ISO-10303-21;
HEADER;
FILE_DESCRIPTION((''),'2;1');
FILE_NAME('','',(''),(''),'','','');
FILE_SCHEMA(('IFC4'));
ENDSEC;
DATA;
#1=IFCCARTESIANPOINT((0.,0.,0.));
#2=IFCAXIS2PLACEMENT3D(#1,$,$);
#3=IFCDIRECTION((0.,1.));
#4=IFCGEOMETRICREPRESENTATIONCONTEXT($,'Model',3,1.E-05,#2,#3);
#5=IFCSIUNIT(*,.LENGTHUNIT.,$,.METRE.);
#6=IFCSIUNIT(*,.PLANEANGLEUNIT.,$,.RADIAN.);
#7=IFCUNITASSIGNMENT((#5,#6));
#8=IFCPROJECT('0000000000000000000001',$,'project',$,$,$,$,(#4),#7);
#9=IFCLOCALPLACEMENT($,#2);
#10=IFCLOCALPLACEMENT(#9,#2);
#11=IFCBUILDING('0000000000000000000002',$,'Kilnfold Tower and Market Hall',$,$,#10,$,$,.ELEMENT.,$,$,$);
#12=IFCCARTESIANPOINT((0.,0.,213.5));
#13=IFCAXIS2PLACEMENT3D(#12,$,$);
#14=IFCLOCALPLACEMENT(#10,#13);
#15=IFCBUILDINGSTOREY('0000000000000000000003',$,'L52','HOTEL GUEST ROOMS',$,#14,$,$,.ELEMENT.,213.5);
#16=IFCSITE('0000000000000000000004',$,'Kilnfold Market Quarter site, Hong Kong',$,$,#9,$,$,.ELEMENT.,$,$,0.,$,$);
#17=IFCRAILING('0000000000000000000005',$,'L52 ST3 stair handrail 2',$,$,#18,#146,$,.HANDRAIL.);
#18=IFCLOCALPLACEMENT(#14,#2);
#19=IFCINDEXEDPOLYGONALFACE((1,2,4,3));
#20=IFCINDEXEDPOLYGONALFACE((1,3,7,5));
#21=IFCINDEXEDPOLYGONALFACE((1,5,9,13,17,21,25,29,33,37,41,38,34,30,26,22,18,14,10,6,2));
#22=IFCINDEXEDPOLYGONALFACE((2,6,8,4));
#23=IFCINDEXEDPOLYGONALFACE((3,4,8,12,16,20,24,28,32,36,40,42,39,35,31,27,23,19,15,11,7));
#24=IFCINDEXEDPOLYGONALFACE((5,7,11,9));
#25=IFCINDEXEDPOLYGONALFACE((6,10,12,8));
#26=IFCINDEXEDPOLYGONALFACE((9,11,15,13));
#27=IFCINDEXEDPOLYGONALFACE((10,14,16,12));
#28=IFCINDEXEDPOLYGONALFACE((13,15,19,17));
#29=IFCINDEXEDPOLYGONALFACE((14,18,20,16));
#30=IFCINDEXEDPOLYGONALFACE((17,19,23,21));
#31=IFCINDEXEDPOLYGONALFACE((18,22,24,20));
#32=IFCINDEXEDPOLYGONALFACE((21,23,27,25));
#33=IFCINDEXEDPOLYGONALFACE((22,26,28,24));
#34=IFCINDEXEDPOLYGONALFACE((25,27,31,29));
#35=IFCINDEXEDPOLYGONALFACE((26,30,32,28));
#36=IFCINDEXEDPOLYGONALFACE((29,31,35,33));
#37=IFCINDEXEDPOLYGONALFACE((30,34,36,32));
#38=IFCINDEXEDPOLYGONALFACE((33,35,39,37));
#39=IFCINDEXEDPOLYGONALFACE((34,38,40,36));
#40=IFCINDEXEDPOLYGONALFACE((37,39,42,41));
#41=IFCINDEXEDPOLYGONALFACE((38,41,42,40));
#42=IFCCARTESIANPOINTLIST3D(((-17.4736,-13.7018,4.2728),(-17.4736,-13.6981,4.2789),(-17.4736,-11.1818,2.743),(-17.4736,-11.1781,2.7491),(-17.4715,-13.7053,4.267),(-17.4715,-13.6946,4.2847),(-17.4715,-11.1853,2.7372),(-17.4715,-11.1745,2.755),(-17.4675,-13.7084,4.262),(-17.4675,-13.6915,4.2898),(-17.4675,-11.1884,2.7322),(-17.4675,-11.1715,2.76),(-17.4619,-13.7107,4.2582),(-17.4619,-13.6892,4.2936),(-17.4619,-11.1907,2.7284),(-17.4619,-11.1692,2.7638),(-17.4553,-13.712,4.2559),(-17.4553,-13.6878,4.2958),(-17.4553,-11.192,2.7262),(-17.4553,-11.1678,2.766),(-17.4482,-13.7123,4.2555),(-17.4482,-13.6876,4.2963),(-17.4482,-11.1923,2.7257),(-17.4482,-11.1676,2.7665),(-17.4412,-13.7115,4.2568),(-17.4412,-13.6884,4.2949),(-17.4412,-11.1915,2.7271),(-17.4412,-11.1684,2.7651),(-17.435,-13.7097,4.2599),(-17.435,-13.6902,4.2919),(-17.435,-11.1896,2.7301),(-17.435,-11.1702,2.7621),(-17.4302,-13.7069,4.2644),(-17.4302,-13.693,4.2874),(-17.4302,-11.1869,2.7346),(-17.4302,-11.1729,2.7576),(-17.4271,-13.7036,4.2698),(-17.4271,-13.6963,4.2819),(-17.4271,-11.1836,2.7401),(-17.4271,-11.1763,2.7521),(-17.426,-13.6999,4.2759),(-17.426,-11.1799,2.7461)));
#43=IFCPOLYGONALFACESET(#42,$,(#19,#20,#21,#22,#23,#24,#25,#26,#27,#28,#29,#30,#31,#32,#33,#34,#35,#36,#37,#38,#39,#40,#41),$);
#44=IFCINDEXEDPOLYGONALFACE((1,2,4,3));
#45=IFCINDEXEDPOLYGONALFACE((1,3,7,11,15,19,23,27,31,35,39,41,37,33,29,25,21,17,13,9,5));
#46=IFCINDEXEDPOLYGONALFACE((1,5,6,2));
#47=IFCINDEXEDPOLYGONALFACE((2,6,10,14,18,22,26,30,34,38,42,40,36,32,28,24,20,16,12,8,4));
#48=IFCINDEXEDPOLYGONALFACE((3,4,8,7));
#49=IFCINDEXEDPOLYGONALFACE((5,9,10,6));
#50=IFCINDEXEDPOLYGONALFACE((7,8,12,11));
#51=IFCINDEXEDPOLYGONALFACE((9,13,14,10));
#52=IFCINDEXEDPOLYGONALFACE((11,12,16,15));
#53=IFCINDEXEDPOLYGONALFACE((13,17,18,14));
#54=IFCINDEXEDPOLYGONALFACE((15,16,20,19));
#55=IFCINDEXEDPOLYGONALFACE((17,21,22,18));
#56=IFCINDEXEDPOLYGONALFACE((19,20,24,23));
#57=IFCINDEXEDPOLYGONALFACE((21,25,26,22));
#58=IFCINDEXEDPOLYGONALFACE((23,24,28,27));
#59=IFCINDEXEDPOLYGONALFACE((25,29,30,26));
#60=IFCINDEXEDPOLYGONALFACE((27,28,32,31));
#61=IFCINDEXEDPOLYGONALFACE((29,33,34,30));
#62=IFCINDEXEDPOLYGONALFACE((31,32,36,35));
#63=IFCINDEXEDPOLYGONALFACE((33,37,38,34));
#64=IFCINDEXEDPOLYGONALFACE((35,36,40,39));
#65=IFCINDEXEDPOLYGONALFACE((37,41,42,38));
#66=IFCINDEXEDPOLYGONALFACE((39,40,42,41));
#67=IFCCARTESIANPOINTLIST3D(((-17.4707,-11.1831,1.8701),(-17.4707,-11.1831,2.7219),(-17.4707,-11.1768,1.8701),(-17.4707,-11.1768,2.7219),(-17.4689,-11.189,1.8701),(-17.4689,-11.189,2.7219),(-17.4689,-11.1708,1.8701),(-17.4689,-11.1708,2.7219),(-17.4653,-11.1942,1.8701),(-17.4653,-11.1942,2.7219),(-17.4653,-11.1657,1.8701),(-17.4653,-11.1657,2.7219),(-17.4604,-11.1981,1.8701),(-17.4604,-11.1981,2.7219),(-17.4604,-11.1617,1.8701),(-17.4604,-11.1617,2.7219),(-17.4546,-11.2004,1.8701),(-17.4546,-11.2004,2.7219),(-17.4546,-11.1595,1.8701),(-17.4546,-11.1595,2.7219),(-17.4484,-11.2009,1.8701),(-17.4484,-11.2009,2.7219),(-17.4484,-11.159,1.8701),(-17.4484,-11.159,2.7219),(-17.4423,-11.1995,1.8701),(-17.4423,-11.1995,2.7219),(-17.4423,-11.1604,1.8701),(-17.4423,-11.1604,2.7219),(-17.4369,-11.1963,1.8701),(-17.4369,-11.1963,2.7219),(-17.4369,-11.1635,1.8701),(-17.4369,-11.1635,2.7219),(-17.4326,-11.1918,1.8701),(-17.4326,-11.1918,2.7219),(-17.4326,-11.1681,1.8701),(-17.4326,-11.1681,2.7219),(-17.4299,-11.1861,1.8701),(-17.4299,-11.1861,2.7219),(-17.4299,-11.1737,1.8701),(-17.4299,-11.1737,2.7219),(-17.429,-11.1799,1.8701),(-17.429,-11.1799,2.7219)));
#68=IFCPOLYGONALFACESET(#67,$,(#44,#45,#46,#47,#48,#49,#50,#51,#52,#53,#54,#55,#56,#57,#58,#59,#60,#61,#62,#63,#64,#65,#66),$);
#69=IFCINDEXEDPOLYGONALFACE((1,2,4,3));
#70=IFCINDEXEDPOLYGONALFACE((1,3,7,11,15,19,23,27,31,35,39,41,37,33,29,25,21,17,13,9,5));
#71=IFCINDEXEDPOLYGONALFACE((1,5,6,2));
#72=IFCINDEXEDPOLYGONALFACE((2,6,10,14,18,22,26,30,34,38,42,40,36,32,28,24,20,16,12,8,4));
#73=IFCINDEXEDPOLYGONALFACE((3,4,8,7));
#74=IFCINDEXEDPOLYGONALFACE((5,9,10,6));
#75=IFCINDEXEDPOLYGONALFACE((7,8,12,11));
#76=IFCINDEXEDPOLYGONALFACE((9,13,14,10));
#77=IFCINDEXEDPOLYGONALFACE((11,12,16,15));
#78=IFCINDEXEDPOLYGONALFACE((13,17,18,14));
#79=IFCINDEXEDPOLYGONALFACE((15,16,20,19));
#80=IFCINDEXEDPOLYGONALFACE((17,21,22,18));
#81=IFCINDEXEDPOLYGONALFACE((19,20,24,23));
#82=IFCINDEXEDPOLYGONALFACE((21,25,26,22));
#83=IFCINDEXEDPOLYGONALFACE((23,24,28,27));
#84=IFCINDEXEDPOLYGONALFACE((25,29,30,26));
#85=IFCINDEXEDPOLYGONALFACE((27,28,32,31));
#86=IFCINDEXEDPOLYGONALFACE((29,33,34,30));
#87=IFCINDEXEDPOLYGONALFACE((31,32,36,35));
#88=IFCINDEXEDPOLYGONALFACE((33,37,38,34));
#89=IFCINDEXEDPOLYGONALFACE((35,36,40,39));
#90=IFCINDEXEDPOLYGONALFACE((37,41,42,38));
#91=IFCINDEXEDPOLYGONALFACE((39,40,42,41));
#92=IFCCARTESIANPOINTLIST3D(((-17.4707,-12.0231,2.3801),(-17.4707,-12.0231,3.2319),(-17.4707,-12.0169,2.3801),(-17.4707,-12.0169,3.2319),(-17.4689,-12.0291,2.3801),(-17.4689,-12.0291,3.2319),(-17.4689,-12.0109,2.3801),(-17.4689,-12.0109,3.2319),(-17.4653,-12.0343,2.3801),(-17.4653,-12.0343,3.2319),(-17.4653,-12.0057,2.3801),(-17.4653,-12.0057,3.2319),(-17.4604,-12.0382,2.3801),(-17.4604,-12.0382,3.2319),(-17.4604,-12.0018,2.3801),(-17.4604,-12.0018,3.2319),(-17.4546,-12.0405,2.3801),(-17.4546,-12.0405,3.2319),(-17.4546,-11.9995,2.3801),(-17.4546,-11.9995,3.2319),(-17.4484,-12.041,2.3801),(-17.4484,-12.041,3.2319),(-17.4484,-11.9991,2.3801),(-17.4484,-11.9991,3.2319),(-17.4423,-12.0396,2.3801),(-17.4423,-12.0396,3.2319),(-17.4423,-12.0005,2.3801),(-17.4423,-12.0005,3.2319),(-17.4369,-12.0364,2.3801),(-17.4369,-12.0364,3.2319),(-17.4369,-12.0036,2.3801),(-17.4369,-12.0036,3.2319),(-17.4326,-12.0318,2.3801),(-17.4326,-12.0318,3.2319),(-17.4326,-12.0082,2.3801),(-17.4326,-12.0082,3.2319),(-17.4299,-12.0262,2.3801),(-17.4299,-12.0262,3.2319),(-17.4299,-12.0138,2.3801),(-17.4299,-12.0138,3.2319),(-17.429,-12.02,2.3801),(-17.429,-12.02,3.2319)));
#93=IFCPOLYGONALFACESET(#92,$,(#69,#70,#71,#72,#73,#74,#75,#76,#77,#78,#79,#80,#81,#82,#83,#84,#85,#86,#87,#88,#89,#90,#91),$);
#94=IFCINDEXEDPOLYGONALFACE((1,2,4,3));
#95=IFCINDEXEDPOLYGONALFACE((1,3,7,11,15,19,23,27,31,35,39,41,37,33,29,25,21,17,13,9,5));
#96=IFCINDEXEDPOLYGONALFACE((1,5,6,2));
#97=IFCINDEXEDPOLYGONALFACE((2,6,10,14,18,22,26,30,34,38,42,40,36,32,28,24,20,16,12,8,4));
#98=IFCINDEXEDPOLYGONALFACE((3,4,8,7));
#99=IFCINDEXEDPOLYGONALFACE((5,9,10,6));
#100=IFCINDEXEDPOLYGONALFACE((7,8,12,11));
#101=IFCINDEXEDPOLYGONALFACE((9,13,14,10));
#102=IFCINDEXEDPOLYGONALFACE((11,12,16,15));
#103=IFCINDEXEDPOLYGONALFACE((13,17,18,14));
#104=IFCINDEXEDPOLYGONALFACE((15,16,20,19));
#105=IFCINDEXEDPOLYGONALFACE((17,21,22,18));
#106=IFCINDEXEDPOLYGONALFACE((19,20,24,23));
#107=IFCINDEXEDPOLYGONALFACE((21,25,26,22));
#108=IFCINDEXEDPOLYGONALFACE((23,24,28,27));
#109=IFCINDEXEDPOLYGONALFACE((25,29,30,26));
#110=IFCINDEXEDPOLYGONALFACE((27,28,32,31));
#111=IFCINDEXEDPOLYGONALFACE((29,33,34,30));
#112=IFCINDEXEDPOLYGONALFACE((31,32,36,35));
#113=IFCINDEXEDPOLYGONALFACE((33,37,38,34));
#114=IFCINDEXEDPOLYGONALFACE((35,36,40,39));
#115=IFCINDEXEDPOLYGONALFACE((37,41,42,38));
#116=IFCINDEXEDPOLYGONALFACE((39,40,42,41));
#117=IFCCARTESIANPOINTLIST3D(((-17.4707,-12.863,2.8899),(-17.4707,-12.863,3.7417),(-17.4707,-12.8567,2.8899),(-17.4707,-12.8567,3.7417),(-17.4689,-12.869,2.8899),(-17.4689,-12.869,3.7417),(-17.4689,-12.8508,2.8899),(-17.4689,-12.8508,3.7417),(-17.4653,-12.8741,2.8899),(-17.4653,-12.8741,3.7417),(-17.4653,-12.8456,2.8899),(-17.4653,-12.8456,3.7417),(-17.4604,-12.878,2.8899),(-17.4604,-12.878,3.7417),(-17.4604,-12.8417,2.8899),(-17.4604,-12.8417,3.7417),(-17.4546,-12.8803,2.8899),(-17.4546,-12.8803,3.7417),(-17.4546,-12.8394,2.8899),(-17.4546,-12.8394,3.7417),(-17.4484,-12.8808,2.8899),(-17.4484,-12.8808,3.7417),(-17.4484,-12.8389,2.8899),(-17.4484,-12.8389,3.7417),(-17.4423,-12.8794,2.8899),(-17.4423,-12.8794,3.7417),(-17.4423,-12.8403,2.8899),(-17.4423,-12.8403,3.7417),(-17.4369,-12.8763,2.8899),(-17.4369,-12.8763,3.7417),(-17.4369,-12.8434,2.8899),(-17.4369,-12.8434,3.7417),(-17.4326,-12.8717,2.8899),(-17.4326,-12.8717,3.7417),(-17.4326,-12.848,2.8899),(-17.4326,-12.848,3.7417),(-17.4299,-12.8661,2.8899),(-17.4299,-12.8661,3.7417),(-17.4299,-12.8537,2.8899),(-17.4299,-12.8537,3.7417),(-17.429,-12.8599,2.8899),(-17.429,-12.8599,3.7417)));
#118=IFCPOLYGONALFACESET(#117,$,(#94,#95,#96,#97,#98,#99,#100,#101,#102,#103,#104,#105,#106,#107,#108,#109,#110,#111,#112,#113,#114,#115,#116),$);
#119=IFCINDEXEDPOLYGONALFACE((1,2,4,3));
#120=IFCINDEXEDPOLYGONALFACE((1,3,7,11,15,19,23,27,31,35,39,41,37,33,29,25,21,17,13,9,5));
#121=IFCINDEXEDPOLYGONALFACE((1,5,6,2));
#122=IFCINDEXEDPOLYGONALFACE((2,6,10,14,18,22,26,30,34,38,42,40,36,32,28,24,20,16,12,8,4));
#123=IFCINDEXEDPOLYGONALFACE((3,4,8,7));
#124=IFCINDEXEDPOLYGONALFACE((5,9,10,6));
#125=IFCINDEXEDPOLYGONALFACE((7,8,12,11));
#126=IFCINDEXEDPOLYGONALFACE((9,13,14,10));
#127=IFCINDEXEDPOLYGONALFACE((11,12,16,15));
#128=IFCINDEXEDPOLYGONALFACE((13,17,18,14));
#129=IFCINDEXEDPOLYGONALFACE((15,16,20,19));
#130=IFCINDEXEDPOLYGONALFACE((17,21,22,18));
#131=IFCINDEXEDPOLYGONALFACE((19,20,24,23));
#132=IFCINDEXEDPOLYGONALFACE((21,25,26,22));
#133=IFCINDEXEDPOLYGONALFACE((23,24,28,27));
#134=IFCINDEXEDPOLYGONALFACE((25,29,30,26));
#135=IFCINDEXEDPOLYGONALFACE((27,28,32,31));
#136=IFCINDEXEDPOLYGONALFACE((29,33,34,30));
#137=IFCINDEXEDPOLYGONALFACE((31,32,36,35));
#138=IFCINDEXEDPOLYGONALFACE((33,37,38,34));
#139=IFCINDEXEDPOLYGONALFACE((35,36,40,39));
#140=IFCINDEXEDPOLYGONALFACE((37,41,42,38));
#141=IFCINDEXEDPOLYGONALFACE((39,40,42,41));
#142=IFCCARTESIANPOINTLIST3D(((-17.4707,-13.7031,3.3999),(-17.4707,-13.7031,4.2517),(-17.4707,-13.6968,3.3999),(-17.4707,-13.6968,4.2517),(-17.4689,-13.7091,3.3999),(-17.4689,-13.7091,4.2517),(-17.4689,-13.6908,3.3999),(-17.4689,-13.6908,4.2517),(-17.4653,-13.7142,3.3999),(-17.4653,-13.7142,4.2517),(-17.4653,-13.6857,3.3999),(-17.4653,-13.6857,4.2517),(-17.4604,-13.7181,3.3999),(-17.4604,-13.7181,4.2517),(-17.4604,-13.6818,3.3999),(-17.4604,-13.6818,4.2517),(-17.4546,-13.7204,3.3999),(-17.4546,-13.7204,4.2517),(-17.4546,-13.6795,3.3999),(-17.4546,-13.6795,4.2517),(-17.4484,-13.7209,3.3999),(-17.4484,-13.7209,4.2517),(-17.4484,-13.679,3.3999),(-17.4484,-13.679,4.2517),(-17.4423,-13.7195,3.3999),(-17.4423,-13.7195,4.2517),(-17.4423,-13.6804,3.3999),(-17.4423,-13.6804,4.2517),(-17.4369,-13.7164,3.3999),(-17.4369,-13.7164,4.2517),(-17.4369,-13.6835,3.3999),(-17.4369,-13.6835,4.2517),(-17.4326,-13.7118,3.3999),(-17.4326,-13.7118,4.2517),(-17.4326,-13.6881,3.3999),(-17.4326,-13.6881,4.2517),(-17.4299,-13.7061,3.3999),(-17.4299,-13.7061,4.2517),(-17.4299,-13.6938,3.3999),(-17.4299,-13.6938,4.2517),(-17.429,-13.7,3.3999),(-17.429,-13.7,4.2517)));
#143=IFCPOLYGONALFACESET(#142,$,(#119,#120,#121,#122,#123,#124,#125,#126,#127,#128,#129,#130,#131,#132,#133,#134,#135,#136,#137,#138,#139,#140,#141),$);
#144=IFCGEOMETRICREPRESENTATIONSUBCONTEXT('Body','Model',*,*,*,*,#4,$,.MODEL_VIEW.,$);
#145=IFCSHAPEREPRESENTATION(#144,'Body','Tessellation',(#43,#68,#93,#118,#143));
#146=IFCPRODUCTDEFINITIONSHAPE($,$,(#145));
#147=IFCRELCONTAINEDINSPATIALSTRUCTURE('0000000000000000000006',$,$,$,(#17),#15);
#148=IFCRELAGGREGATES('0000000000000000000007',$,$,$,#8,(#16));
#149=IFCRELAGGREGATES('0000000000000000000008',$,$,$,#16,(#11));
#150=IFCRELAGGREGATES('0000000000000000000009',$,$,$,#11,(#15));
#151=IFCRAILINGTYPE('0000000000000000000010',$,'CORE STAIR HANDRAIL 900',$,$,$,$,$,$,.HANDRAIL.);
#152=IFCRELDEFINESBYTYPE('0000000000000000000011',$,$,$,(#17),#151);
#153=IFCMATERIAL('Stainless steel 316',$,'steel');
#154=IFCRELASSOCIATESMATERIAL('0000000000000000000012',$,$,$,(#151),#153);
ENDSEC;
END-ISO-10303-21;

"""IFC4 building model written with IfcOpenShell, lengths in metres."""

from ifc_helpers import new_model, si_unit, direction, frame, origin, origin_2d, place, context, subcontext, project, spatial, circle, extrude, material, type_object, element, save


model = new_model("IFC4")

# Units and contexts
model_context = context("Model", 3, precision=1e-05, world=origin(), true_north=direction((0.0, 1.0)))
body_context = subcontext(model_context, "Body", "Model", "MODEL_VIEW")
ifc_project = project(units=[si_unit("LENGTHUNIT", "METRE"), si_unit("PLANEANGLEUNIT", "RADIAN")], contexts=[model_context])

# Site, building, storey
site_placement = place(None, origin())
site = spatial("IfcSite", under=ifc_project, at=site_placement, Name="Kilnfold Market Quarter site, Hong Kong", CompositionType="ELEMENT", RefElevation=0.0)
building_placement = place(site_placement, origin())
building = spatial("IfcBuilding", under=site, at=building_placement, Name="Kilnfold Tower and Market Hall", CompositionType="ELEMENT")
storey_placement = place(building_placement, frame((0.0, 0.0, 213.5)))
storey = spatial("IfcBuildingStorey", under=building, at=storey_placement, Name="L52", Description="HOTEL GUEST ROOMS", CompositionType="ELEMENT", Elevation=213.5)

# Railing
ifc_material_1 = material(Name="Stainless steel 316", Category="steel")
railing_type_1 = type_object("IfcRailingType", Name="CORE STAIR HANDRAIL 900", PredefinedType="HANDRAIL", material=ifc_material_1)
railing_1_placement = place(storey_placement, frame((-17.45, -11.1799, 1.8701)))
element("IfcRailing", 1, at=railing_1_placement, inside=storey, type_object=railing_type_1, Name="L52 ST3 stair handrail 2", PredefinedType="HANDRAIL", context=body_context, shape_type="SweptSolid", body=[
    extrude(circle(Radius=0.0239, at=origin_2d()), frame((0.0, 0.0, 0.876), z_axis=(0.0, -0.854822, 0.518922), x_axis=(1.0, 0.0, 0.0)), (0.0, 0.0, 1.0), 2.948),
    extrude(circle(Radius=0.021, at=origin_2d()), origin(), (0.0, 0.0, 1.0), 0.8518),
    extrude(circle(Radius=0.021, at=origin_2d()), frame((0.0, -0.8401, 0.51)), (0.0, 0.0, 1.0), 0.8518),
    extrude(circle(Radius=0.021, at=origin_2d()), frame((0.0, -1.6799, 1.0198)), (0.0, 0.0, 1.0), 0.8518),
    extrude(circle(Radius=0.021, at=origin_2d()), frame((0.0, -2.52, 1.5298)), (0.0, 0.0, 1.0), 0.8518),
])

save(model, "model.ifc")
